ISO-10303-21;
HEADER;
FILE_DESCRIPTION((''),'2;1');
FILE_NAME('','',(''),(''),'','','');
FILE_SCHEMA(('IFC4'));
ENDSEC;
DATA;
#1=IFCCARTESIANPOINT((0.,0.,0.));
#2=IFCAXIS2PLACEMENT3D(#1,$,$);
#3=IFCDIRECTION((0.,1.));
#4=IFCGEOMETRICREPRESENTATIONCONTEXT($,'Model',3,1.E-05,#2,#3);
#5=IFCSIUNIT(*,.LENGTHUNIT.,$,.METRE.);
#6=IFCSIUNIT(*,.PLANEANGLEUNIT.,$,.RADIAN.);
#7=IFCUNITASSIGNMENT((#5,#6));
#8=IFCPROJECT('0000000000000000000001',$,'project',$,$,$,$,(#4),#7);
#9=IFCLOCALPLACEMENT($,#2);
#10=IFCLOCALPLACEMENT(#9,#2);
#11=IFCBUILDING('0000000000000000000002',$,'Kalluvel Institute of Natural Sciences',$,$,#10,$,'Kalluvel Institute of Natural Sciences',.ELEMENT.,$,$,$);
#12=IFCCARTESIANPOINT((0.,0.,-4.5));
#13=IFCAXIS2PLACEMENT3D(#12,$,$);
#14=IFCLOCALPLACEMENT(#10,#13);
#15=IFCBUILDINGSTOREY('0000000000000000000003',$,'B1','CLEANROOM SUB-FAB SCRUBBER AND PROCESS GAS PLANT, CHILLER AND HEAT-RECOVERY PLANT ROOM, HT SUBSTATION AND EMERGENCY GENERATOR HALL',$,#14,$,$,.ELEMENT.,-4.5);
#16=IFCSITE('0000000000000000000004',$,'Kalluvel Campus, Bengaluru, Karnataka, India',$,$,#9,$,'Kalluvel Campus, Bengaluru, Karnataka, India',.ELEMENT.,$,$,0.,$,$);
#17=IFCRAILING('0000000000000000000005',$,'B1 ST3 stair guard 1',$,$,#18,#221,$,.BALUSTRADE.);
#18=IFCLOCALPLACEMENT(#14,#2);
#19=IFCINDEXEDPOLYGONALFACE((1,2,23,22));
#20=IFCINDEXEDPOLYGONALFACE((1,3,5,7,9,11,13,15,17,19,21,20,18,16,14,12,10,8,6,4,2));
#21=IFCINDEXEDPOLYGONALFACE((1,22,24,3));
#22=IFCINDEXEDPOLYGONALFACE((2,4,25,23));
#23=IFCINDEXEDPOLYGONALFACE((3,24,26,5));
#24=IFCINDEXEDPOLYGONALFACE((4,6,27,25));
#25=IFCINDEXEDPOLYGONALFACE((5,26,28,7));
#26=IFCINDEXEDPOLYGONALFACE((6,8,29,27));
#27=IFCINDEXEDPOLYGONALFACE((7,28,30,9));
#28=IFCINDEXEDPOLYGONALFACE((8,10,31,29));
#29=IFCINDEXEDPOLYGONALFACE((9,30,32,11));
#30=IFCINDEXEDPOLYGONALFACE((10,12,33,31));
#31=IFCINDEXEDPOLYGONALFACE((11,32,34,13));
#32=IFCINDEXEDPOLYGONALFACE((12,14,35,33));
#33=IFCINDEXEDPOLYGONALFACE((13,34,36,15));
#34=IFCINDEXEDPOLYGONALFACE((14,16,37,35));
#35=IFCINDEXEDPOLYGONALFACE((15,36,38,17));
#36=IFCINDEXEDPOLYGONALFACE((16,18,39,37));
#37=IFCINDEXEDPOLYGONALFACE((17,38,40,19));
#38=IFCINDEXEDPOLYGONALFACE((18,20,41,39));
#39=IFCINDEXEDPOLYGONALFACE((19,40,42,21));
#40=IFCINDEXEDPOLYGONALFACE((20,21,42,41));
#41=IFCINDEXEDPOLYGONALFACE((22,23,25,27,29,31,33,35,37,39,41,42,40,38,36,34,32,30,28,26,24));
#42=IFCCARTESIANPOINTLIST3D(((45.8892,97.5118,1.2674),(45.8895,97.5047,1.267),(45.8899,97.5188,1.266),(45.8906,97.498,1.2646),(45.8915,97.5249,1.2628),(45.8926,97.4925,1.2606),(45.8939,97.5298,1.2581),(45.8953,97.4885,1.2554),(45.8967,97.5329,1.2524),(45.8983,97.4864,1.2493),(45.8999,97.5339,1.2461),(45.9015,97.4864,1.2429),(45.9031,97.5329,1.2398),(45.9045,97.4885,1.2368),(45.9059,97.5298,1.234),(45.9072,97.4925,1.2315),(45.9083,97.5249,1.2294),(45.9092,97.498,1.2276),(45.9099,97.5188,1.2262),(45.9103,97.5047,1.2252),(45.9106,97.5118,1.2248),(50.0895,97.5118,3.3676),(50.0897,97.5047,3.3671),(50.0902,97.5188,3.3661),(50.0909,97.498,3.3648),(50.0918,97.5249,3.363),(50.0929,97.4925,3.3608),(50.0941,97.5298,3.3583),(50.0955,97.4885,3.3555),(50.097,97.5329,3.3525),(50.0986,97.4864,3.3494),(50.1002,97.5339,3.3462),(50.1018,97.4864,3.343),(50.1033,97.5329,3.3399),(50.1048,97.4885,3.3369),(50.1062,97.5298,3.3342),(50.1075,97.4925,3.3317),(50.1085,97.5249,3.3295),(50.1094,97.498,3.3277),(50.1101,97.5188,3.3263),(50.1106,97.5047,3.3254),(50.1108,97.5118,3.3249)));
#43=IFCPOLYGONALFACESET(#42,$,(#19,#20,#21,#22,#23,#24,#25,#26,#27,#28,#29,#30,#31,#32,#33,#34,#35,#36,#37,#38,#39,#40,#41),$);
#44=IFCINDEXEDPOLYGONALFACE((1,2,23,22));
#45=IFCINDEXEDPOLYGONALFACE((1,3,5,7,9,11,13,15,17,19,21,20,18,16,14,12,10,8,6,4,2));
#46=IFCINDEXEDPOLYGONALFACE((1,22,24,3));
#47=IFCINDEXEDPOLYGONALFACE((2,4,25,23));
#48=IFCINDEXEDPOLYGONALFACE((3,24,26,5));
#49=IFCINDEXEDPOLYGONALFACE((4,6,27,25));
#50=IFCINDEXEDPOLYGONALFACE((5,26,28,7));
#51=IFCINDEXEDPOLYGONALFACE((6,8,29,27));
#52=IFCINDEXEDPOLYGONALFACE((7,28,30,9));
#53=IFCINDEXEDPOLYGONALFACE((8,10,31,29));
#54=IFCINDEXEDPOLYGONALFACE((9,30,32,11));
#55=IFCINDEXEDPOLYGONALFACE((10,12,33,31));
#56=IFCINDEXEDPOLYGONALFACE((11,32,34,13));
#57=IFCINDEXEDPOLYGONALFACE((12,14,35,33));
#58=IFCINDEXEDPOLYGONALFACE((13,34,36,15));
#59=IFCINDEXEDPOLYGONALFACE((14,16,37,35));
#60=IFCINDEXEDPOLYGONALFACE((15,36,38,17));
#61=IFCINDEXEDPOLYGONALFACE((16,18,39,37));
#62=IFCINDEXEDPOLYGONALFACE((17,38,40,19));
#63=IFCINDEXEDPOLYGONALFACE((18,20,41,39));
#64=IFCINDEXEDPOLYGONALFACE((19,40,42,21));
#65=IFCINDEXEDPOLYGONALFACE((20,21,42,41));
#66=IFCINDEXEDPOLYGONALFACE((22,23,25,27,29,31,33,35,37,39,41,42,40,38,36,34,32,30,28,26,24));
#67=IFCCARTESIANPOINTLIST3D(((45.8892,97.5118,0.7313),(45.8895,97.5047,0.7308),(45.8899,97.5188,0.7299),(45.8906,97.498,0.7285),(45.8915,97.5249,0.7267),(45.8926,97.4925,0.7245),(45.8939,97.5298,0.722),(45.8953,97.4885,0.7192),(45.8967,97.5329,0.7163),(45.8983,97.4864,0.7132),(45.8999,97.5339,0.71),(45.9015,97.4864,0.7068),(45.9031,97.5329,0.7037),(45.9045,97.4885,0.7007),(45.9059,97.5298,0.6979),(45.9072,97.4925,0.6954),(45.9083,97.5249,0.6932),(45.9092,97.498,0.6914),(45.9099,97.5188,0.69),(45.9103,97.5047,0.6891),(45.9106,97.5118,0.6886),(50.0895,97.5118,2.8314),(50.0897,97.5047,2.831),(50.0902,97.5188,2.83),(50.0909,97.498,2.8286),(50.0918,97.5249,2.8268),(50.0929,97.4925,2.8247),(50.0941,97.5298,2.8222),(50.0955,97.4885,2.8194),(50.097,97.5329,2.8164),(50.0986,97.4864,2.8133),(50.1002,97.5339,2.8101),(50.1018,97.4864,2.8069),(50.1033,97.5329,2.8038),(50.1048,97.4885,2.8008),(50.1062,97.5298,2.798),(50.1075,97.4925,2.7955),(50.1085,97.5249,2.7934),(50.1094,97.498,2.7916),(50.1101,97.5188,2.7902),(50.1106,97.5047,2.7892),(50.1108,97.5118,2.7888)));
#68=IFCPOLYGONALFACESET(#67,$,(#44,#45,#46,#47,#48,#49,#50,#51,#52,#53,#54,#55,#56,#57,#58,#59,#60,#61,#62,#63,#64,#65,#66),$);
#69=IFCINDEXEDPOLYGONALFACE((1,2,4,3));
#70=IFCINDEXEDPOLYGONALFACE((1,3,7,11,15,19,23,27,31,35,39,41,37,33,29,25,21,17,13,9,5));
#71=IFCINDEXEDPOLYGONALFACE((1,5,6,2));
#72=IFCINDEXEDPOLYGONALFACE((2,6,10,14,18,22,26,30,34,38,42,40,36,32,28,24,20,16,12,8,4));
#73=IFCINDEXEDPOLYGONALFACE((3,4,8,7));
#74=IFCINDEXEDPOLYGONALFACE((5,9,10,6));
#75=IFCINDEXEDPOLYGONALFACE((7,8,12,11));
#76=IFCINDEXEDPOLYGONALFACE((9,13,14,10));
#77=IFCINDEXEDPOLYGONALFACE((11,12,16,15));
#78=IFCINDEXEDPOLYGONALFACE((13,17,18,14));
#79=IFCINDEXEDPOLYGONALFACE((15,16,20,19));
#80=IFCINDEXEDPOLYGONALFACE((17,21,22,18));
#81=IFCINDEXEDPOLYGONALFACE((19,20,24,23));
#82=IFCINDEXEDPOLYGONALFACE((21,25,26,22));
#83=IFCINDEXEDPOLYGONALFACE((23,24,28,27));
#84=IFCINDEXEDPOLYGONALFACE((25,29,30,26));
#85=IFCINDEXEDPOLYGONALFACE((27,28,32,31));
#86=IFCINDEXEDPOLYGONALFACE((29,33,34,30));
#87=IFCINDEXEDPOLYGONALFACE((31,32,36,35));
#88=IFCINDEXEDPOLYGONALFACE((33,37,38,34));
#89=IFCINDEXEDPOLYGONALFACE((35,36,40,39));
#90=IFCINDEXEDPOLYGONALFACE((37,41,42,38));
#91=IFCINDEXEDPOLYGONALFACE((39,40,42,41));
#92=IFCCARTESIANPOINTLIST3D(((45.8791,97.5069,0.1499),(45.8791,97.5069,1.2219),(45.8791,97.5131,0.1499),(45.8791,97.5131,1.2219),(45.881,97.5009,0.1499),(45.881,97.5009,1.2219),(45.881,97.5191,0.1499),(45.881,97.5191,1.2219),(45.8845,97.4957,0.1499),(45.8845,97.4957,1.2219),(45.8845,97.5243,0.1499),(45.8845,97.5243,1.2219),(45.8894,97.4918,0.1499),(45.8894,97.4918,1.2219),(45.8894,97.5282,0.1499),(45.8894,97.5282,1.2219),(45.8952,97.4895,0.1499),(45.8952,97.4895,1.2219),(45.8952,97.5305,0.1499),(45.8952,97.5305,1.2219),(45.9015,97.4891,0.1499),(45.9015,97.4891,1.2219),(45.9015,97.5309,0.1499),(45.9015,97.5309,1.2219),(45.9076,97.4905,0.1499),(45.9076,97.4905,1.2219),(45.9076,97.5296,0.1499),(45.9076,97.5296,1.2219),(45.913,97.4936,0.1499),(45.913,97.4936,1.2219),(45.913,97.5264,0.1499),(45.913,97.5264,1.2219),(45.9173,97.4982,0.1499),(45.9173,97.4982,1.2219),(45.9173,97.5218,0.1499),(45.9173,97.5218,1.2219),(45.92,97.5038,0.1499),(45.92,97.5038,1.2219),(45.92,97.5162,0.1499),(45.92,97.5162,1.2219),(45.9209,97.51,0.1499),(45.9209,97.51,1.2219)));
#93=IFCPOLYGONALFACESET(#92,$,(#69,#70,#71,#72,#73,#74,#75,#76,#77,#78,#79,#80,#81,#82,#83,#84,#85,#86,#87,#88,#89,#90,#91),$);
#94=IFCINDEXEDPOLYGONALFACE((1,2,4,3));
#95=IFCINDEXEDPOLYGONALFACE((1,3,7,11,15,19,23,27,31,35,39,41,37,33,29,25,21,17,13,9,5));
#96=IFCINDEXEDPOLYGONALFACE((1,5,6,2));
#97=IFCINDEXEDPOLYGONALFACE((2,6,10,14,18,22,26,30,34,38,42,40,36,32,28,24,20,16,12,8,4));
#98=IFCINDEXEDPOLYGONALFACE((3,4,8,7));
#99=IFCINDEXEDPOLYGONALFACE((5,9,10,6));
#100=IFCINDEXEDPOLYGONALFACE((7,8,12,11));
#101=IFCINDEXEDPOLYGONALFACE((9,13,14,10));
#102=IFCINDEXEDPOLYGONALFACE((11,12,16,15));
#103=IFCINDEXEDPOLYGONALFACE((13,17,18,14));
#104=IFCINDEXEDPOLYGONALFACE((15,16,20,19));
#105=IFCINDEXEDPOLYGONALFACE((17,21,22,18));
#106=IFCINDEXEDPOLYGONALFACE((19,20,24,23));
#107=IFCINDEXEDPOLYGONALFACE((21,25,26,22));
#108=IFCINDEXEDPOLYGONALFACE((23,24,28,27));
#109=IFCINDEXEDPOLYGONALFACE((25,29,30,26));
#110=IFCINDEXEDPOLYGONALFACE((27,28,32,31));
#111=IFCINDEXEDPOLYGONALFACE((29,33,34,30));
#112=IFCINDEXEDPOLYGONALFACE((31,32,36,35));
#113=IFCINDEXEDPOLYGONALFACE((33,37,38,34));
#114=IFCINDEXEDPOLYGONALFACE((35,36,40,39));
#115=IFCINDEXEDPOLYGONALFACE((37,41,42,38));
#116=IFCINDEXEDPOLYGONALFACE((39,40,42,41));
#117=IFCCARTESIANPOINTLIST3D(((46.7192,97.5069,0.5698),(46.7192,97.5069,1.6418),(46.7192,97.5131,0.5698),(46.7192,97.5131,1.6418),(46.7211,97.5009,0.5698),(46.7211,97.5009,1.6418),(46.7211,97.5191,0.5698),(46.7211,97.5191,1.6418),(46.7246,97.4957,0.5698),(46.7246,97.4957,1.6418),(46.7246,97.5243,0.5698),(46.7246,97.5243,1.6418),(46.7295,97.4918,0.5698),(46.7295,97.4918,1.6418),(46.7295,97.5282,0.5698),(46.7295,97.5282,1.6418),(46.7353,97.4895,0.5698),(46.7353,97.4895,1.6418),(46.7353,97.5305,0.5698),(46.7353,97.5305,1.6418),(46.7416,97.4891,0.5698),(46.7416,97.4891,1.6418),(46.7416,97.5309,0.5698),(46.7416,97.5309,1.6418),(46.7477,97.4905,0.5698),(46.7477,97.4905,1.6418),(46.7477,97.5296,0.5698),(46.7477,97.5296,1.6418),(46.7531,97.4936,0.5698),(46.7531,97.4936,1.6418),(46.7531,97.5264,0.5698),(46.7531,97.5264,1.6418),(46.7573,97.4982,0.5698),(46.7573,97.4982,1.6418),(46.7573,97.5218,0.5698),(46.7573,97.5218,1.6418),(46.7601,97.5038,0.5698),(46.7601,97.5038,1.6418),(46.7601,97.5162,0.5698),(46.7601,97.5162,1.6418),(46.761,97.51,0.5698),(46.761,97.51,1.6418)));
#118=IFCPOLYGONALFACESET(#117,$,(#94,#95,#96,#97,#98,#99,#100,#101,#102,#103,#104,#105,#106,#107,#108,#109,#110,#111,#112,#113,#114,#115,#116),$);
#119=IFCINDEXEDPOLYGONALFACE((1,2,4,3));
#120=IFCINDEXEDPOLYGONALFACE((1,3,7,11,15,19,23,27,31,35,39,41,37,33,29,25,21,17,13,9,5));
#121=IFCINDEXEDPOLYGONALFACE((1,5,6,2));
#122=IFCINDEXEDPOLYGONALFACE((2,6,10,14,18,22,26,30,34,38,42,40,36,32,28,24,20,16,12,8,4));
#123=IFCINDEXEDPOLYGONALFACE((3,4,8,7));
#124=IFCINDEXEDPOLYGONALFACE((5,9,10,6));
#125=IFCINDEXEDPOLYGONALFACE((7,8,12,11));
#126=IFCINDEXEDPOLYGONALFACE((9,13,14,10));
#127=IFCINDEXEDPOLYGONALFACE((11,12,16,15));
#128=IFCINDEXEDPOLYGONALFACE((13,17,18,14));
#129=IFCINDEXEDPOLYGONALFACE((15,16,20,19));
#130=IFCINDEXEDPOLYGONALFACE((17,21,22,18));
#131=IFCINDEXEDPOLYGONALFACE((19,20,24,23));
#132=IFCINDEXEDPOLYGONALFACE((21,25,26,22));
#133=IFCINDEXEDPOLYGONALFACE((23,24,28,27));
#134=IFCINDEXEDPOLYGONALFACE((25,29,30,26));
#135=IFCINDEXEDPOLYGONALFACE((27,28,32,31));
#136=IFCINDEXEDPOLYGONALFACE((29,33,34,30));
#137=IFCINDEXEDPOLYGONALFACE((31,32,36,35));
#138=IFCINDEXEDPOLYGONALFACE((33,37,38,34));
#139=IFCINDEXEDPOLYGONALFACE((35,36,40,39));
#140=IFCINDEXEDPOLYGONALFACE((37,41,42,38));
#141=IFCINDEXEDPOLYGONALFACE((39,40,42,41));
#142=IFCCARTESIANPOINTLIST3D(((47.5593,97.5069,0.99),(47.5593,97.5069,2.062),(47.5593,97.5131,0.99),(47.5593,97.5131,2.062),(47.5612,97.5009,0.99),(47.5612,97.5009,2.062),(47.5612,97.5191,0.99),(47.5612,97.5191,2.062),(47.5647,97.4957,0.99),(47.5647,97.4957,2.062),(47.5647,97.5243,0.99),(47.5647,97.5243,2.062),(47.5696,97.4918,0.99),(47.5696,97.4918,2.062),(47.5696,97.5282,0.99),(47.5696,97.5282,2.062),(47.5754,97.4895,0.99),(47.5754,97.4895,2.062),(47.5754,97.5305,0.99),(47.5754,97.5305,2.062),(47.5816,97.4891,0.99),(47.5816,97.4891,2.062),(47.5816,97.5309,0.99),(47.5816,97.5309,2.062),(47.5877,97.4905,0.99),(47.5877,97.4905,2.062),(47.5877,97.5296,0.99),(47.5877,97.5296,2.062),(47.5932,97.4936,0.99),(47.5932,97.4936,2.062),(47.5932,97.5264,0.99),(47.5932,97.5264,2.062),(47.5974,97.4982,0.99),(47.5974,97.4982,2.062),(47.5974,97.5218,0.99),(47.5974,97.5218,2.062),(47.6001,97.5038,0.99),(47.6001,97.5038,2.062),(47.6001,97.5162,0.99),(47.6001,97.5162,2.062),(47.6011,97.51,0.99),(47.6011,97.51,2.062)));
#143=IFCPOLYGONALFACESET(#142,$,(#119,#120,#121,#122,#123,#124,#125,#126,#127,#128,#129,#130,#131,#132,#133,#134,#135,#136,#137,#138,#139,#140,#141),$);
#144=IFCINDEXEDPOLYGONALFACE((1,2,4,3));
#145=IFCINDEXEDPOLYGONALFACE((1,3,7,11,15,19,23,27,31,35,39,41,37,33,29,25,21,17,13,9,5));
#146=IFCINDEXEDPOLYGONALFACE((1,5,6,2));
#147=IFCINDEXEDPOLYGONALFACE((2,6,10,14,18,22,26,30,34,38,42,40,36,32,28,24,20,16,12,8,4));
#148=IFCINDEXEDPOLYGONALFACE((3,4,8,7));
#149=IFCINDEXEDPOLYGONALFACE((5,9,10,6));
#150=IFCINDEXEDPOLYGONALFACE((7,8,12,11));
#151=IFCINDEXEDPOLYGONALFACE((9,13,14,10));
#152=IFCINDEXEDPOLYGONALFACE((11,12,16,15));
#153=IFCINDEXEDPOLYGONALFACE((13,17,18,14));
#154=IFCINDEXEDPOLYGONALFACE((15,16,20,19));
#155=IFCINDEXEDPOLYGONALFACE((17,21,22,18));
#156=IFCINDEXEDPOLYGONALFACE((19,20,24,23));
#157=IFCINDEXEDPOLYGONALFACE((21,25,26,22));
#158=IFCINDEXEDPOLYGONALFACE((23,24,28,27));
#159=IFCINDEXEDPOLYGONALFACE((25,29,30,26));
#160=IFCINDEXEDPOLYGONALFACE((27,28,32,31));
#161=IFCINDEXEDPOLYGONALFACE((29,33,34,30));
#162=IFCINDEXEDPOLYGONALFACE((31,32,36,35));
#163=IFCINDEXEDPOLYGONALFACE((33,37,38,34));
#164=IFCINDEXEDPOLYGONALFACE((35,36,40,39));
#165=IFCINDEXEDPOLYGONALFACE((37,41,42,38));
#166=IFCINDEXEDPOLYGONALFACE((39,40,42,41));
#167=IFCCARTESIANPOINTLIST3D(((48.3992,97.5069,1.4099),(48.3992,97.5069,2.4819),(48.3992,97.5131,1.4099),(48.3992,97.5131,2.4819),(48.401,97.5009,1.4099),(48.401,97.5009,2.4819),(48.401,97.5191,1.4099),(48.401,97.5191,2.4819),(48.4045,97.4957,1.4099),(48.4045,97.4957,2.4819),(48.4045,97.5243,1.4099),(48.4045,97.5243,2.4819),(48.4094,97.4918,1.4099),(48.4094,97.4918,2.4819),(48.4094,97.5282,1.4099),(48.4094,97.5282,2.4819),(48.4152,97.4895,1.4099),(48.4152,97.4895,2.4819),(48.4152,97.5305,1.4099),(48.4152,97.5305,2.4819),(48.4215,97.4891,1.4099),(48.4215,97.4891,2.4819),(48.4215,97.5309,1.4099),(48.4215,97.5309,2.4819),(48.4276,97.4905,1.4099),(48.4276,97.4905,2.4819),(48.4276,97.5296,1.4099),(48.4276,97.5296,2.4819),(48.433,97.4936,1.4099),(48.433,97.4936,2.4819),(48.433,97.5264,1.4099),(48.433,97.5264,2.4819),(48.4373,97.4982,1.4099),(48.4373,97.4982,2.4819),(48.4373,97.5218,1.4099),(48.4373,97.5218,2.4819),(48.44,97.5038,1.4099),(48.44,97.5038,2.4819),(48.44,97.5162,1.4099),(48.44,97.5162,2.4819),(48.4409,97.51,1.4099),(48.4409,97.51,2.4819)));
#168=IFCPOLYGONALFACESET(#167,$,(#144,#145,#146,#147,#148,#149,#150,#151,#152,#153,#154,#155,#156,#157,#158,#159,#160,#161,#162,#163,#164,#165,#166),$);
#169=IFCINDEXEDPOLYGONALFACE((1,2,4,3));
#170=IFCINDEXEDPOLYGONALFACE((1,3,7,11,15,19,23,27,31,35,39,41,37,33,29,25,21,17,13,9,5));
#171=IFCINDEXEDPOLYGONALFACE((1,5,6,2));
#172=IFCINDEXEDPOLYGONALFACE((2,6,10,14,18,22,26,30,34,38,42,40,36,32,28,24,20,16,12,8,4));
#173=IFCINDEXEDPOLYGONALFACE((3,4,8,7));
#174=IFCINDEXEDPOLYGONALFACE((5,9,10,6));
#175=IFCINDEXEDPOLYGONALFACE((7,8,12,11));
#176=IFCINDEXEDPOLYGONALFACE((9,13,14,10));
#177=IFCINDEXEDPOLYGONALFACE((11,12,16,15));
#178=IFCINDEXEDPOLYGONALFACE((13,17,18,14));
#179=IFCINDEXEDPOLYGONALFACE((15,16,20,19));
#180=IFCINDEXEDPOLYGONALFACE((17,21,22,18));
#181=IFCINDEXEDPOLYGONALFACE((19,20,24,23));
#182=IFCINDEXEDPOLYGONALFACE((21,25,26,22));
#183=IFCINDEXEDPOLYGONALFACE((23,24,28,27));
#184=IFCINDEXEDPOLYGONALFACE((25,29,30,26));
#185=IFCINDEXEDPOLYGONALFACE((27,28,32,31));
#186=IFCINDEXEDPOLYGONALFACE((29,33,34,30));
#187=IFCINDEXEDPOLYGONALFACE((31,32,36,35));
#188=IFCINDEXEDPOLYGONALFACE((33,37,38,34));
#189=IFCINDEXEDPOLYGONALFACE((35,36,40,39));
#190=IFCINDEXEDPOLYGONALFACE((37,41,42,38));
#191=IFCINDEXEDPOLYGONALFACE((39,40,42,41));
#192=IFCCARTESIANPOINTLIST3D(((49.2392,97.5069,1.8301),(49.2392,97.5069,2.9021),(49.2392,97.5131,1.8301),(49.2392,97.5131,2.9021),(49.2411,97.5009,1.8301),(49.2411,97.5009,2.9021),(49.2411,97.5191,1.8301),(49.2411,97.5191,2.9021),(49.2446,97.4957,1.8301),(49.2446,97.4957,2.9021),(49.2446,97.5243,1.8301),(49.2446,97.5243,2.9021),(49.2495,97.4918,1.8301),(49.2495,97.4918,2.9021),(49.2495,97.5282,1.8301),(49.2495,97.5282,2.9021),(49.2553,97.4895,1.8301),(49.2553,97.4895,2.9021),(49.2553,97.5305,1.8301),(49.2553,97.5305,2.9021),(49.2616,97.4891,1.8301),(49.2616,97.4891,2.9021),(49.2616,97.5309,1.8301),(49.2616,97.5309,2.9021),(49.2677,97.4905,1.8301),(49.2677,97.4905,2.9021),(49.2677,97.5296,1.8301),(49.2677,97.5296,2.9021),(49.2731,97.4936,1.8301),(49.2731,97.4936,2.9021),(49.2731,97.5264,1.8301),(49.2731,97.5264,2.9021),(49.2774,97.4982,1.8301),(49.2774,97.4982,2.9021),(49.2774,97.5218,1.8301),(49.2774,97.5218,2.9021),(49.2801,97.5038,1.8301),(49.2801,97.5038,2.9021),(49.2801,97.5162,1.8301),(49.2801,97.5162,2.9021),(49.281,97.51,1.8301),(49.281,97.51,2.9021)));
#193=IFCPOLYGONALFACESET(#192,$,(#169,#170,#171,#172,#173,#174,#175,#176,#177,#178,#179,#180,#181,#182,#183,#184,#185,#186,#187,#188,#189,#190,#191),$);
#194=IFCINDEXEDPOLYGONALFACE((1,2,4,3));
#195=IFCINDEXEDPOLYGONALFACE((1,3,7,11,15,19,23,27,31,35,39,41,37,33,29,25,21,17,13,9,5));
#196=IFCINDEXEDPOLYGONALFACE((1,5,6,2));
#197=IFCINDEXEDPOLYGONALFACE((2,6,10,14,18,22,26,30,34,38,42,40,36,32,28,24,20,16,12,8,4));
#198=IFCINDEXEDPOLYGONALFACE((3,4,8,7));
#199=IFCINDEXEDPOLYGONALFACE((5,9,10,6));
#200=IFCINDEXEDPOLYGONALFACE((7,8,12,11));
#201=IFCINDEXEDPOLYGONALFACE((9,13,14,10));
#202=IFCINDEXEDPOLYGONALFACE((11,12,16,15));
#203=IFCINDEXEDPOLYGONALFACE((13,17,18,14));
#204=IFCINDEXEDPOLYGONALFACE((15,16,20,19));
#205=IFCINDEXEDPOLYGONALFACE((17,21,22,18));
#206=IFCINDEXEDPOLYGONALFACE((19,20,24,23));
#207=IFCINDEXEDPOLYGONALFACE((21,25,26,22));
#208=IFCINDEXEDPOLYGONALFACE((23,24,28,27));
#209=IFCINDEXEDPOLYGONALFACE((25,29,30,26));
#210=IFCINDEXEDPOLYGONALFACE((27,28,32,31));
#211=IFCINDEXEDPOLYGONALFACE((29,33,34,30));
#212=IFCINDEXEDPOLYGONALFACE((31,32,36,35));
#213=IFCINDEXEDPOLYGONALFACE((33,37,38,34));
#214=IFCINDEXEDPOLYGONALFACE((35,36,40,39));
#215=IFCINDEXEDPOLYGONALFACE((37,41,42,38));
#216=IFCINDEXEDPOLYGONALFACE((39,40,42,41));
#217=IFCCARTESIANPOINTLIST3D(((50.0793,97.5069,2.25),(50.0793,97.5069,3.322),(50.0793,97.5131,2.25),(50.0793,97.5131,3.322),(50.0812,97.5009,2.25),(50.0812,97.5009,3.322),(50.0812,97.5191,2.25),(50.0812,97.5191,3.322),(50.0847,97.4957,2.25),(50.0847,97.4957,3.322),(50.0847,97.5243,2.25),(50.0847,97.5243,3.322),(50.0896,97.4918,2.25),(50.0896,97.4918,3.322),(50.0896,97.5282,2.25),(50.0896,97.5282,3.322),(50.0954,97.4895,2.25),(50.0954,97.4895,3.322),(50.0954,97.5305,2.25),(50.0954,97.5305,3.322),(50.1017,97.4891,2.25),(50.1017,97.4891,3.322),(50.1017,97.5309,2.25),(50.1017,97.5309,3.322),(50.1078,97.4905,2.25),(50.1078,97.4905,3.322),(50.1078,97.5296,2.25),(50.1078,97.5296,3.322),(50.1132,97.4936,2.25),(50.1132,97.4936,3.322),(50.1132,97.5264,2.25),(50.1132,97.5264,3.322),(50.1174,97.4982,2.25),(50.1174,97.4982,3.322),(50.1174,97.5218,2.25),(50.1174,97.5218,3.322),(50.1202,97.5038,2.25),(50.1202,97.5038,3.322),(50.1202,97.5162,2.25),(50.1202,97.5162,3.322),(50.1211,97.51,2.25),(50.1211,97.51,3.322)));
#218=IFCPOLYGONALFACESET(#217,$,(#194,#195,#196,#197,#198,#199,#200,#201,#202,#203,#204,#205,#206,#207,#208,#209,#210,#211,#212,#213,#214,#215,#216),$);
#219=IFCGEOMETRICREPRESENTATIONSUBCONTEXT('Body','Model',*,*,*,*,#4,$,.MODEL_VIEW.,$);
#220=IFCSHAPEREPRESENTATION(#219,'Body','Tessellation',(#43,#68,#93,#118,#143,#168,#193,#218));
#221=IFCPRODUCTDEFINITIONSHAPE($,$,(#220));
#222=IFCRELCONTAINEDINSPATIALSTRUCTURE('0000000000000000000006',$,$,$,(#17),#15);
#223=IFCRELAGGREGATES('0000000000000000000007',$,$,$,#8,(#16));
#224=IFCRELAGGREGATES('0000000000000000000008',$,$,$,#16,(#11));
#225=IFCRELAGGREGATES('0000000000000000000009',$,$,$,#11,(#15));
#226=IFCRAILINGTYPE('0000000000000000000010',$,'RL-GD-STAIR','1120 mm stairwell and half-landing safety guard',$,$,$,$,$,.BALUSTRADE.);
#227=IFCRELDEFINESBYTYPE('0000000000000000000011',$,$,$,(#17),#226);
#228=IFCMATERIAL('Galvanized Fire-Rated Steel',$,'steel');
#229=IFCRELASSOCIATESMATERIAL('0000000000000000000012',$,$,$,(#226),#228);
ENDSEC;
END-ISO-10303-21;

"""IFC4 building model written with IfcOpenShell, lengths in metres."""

from ifc_helpers import new_model, si_unit, direction, frame, origin, origin_2d, place, context, subcontext, project, spatial, circle, extrude, material, type_object, element, save


model = new_model("IFC4")

# Units and contexts
model_context = context("Model", 3, precision=1e-05, world=origin(), true_north=direction((0.0, 1.0)))
body_context = subcontext(model_context, "Body", "Model", "MODEL_VIEW")
ifc_project = project(units=[si_unit("LENGTHUNIT", "METRE"), si_unit("PLANEANGLEUNIT", "RADIAN")], contexts=[model_context])

# Site, building, storey
site_placement = place(None, origin())
site = spatial("IfcSite", under=ifc_project, at=site_placement, Name="Kalluvel Campus, Bengaluru, Karnataka, India", LongName="Kalluvel Campus, Bengaluru, Karnataka, India", CompositionType="ELEMENT", RefElevation=0.0)
building_placement = place(site_placement, origin())
building = spatial("IfcBuilding", under=site, at=building_placement, Name="Kalluvel Institute of Natural Sciences", LongName="Kalluvel Institute of Natural Sciences", CompositionType="ELEMENT")
storey_placement = place(building_placement, frame((0.0, 0.0, -4.5)))
storey = spatial("IfcBuildingStorey", under=building, at=storey_placement, Name="B1", Description="CLEANROOM SUB-FAB SCRUBBER AND PROCESS GAS PLANT, CHILLER AND HEAT-RECOVERY PLANT ROOM, HT SUBSTATION AND EMERGENCY GENERATOR HALL", CompositionType="ELEMENT", Elevation=-4.5)

# Railing
ifc_material_1 = material(Name="Galvanized Fire-Rated Steel", Category="steel")
railing_type_1 = type_object("IfcRailingType", Name="RL-GD-STAIR", Description="1120 mm stairwell and half-landing safety guard", PredefinedType="BALUSTRADE", material=ifc_material_1)
railing_1_placement = place(storey_placement, frame((45.8999, 97.51, 0.1499)))
element("IfcRailing", 1, at=railing_1_placement, inside=storey, type_object=railing_type_1, Name="B1 ST3 stair guard 1", PredefinedType="BALUSTRADE", context=body_context, shape_type="SweptSolid", body=[
    extrude(circle(Radius=0.0239, at=origin_2d()), frame((0.0, 0.0, 1.0962), z_axis=(0.894427, 0.0, 0.447214), x_axis=(0.0, 1.0, 0.0)), (0.0, 0.0, 1.0), 4.696),
    extrude(circle(Radius=0.0239, at=origin_2d()), frame((0.0, 0.0, 0.5601), z_axis=(0.894427, 0.0, 0.447214), x_axis=(0.0, 1.0, 0.0)), (0.0, 0.0, 1.0), 4.696),
    extrude(circle(Radius=0.021, at=origin_2d()), origin(), (0.0, 0.0, 1.0), 1.072),
    extrude(circle(Radius=0.021, at=origin_2d()), frame((0.8401, 0.0, 0.4199)), (0.0, 0.0, 1.0), 1.072),
    extrude(circle(Radius=0.021, at=origin_2d()), frame((1.6802, 0.0, 0.8401)), (0.0, 0.0, 1.0), 1.072),
    extrude(circle(Radius=0.021, at=origin_2d()), frame((2.52, 0.0, 1.26)), (0.0, 0.0, 1.0), 1.072),
    extrude(circle(Radius=0.021, at=origin_2d()), frame((3.3601, 0.0, 1.6802)), (0.0, 0.0, 1.0), 1.072),
    extrude(circle(Radius=0.021, at=origin_2d()), frame((4.2002, 0.0, 2.1001)), (0.0, 0.0, 1.0), 1.072),
])

save(model, "model.ifc")
